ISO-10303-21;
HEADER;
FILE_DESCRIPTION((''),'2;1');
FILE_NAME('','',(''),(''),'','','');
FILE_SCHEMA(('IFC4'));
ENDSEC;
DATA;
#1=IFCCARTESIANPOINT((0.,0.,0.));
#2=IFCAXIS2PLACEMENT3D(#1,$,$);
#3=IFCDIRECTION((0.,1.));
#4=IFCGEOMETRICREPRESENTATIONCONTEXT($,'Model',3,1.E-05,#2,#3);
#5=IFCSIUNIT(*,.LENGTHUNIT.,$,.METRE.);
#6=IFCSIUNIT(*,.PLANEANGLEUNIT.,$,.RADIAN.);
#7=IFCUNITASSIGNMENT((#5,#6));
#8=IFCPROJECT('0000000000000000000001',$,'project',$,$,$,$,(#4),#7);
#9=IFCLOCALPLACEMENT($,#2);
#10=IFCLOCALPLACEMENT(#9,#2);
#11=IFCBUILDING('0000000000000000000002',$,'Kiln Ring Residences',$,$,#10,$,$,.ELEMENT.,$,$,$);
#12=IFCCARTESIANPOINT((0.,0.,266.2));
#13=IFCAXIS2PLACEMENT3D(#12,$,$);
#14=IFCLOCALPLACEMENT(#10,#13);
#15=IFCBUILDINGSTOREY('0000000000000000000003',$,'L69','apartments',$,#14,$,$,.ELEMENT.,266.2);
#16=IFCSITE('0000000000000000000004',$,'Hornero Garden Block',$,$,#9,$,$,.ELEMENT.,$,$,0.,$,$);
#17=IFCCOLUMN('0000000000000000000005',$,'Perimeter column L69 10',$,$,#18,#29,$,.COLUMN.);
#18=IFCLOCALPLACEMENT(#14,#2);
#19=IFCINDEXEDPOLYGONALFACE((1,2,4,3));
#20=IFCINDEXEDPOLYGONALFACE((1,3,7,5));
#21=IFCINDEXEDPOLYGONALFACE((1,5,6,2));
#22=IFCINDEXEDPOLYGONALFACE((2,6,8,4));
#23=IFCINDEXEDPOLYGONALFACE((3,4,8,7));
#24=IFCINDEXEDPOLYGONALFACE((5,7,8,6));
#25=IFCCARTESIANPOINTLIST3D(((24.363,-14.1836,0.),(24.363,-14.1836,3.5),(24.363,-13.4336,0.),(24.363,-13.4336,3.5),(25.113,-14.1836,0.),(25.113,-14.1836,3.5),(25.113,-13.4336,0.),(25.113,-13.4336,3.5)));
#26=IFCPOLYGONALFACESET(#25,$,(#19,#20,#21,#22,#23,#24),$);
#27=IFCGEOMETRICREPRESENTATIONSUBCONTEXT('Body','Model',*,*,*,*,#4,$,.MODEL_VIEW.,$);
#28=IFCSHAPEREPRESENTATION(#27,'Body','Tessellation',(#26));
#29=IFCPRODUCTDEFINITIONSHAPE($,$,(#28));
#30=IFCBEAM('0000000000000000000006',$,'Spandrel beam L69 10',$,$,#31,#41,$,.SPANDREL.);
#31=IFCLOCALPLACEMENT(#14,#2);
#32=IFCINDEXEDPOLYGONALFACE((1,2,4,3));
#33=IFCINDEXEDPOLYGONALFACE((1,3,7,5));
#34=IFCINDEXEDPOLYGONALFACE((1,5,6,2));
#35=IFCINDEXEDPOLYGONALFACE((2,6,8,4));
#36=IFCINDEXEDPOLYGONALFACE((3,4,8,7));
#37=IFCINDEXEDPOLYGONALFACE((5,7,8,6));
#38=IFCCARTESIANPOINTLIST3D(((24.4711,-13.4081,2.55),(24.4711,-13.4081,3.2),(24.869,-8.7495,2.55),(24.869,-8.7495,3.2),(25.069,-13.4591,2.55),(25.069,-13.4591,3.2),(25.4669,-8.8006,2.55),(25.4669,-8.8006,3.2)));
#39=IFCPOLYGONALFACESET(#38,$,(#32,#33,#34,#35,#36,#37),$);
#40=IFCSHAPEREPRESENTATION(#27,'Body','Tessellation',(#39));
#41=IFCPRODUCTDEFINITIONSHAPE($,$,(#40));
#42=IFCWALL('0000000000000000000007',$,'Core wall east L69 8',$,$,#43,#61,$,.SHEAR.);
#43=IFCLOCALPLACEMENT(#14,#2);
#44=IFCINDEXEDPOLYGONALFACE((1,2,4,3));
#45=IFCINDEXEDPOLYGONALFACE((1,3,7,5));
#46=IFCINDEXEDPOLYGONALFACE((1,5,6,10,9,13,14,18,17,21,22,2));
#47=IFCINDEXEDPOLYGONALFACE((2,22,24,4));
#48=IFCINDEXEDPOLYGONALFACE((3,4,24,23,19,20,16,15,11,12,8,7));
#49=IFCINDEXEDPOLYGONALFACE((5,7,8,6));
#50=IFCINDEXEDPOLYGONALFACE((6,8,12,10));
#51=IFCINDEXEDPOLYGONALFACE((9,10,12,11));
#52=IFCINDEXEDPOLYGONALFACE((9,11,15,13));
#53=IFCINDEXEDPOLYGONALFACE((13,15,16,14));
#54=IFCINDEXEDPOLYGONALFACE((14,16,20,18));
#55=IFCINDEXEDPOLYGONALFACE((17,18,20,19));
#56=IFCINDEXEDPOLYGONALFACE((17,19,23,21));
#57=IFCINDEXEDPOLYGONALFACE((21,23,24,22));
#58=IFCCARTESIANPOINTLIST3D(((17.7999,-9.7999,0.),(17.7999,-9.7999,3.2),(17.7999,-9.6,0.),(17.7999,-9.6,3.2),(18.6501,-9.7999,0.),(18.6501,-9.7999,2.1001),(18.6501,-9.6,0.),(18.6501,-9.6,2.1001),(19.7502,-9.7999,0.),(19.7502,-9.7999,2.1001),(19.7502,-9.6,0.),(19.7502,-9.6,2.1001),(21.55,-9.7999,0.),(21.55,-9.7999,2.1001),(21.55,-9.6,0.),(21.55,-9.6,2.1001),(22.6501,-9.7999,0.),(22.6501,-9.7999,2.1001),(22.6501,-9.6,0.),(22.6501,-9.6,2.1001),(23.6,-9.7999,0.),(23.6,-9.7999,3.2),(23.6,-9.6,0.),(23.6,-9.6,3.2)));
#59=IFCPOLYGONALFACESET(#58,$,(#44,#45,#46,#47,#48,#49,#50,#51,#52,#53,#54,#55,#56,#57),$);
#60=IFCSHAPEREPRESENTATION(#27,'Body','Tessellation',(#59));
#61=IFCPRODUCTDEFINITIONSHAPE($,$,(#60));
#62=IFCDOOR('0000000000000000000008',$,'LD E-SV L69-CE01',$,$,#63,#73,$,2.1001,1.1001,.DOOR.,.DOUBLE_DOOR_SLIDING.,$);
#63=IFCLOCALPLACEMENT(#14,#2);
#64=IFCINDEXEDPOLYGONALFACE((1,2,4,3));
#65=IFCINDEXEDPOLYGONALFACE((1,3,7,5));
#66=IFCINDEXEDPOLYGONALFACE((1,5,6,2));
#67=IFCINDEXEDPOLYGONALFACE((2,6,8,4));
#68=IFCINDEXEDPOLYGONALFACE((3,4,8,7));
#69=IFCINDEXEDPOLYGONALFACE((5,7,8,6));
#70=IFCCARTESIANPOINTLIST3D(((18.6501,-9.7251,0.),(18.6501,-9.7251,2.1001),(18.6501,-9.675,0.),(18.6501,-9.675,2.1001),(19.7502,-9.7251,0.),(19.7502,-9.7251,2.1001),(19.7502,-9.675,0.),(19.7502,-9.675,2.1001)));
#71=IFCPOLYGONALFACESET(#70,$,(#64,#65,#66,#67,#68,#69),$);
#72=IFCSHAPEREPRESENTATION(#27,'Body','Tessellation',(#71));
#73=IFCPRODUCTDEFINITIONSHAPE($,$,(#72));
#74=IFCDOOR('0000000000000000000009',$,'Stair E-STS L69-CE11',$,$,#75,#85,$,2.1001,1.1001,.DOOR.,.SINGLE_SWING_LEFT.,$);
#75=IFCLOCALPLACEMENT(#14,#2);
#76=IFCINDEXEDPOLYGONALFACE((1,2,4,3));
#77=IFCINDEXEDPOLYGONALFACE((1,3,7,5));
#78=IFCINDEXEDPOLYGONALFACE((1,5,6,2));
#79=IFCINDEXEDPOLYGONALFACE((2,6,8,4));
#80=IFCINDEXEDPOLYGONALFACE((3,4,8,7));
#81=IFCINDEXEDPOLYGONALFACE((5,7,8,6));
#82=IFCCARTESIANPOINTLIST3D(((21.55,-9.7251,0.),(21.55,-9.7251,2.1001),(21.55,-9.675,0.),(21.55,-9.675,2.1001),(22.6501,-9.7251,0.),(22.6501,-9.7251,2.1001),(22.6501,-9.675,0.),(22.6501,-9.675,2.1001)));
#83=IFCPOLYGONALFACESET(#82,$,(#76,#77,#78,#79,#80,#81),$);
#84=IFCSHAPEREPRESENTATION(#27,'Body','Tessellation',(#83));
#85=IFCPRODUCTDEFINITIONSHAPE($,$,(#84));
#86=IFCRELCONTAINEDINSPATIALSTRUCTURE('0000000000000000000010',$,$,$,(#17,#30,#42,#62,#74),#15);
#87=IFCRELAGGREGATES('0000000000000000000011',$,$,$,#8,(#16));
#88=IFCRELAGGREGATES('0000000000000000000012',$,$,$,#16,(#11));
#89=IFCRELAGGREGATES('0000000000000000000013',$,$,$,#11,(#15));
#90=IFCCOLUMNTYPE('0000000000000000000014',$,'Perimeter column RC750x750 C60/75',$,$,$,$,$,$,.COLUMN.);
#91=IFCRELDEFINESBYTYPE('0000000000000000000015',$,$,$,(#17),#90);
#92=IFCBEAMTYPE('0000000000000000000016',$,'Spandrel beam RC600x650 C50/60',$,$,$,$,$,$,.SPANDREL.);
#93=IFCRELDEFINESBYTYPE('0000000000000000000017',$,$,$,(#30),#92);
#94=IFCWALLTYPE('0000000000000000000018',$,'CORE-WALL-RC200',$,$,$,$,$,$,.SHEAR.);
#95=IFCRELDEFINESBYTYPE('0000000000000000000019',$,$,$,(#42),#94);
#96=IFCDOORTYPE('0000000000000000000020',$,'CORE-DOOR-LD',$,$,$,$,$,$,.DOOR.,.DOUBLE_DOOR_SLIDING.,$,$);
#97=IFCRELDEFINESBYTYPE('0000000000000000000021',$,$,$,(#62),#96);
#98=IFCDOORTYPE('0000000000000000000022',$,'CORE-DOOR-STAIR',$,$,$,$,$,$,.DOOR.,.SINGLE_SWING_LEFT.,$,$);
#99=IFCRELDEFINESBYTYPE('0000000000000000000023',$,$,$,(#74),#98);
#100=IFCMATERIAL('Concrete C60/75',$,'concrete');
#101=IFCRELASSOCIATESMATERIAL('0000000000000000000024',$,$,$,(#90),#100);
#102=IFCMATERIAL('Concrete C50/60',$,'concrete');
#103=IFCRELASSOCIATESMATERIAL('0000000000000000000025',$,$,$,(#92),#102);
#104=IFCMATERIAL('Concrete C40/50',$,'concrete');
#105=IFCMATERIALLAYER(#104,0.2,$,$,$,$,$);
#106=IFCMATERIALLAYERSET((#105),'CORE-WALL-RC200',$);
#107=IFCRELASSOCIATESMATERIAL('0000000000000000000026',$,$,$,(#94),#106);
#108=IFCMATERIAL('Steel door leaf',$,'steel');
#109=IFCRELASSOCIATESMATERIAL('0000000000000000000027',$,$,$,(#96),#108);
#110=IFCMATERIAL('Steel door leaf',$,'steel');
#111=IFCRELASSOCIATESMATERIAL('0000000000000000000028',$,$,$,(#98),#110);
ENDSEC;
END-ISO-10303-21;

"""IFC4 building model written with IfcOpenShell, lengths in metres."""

from ifc_helpers import new_model, si_unit, direction, frame, frame_2d, origin, origin_2d, place, context, subcontext, project, spatial, rectangle, extrude, material, layer, layer_set, material_profile, profile_set, type_object, element, fill, save


model = new_model("IFC4")

# Units and contexts
model_context = context("Model", 3, precision=1e-05, world=origin(), true_north=direction((0.0, 1.0)))
body_context = subcontext(model_context, "Body", "Model", "MODEL_VIEW")
ifc_project = project(units=[si_unit("LENGTHUNIT", "METRE"), si_unit("PLANEANGLEUNIT", "RADIAN")], contexts=[model_context])

# Site, building, storey
site_placement = place(None, origin())
site = spatial("IfcSite", under=ifc_project, at=site_placement, Name="Hornero Garden Block", CompositionType="ELEMENT", RefElevation=0.0)
building_placement = place(site_placement, origin())
building = spatial("IfcBuilding", under=site, at=building_placement, Name="Kiln Ring Residences", CompositionType="ELEMENT")
storey_placement = place(building_placement, frame((0.0, 0.0, 266.2)))
storey = spatial("IfcBuildingStorey", under=building, at=storey_placement, Name="L69", Description="apartments", CompositionType="ELEMENT", Elevation=266.2)

# Column
ifc_material_1 = material(Name="Concrete C60/75", Category="concrete")
ifc_material_profile_1 = material_profile(ifc_material_1, rectangle(XDim=0.75, YDim=0.75, at=origin_2d()), Name="RC750x750")
ifc_profile_set_1 = profile_set([ifc_material_profile_1], Name="Concrete C60/75")
column_type = type_object("IfcColumnType", Name="Perimeter column RC750x750 C60/75", PredefinedType="COLUMN", material=ifc_profile_set_1)
column_placement = place(storey_placement, frame((24.738, -13.8086, 0.0), z_axis=(0.0, 0.0, 1.0), x_axis=(1.0, 0.0, 0.0)))
element("IfcColumn", 1, at=column_placement, inside=storey, type_object=column_type, Name="Perimeter column L69 10", PredefinedType="COLUMN", context=body_context, shape_type="SweptSolid", body=[
    extrude(rectangle(XDim=0.75, YDim=0.75, at=origin_2d()), origin(), (0.0, 0.0, 1.0), 3.5),
])

# Beam
ifc_material_2 = material(Name="Concrete C50/60", Category="concrete")
ifc_material_profile_2 = material_profile(ifc_material_2, rectangle(XDim=0.6001, YDim=0.6499, at=origin_2d()), Name="RC600x650")
ifc_profile_set_2 = profile_set([ifc_material_profile_2], Name="Concrete C50/60")
beam_type = type_object("IfcBeamType", Name="Spandrel beam RC600x650 C50/60", PredefinedType="SPANDREL", material=ifc_profile_set_2)
beam_placement = place(storey_placement, frame((24.77, -13.4336, 2.875), z_axis=(0.085111, 0.996371, 0.0), x_axis=(-0.996371, 0.085111, 0.0)))
element("IfcBeam", 2, at=beam_placement, inside=storey, type_object=beam_type, Name="Spandrel beam L69 10", PredefinedType="SPANDREL", context=body_context, shape_type="SweptSolid", body=[
    extrude(rectangle(XDim=0.6001, YDim=0.6499, at=origin_2d()), origin(), (0.0, 0.0, 1.0), 4.6755),
])

# Wall, openings, doors
ifc_material_3 = material(Name="Concrete C40/50", Category="concrete")
ifc_layer_1 = layer(ifc_material_3, 0.2)
ifc_layer_set_1 = layer_set([ifc_layer_1], Name="CORE-WALL-RC200")
wall_type_1 = type_object("IfcWallType", Name="CORE-WALL-RC200", PredefinedType="SHEAR", material=ifc_layer_set_1)
wall_1_placement = place(storey_placement, frame((17.8, -9.7, 0.0), z_axis=(0.0, 0.0, 1.0), x_axis=(1.0, 0.0, 0.0)))
wall_1 = element("IfcWall", 3, at=wall_1_placement, inside=storey, type_object=wall_type_1, Name="Core wall east L69 8", PredefinedType="SHEAR", context=body_context, shape_type="SweptSolid", body=[
    extrude(rectangle(XDim=5.8, YDim=0.2, at=frame_2d((2.8999, 0.0))), origin(), (0.0, 0.0, 1.0), 3.2),
])
opening_1_placement = place(wall_1_placement, frame((0.8501, 0.0, 0.0)))
opening_1 = element("IfcOpeningElement", 4, at=opening_1_placement, cuts=wall_1, PredefinedType="OPENING", context=body_context, shape_type="SweptSolid", body=[
    extrude(rectangle(XDim=1.1001, YDim=2.1001, at=frame_2d((0.55, 1.05))), frame((0.0, 0.1099, 0.0), z_axis=(0.0, -1.0, 0.0), x_axis=(1.0, 0.0, 0.0)), (0.0, 0.0, 1.0), 0.22),
])
opening_2_placement = place(wall_1_placement, frame((3.75, 0.0, 0.0)))
opening_2 = element("IfcOpeningElement", 5, at=opening_2_placement, cuts=wall_1, PredefinedType="OPENING", context=body_context, shape_type="SweptSolid", body=[
    extrude(rectangle(XDim=1.1001, YDim=2.1001, at=frame_2d((0.55, 1.05))), frame((0.0, 0.1099, 0.0), z_axis=(0.0, -1.0, 0.0), x_axis=(1.0, 0.0, 0.0)), (0.0, 0.0, 1.0), 0.22),
])
ifc_material_4 = material(Name="Steel door leaf", Category="steel")
door_type_1 = type_object("IfcDoorType", Name="CORE-DOOR-LD", OperationType="DOUBLE_DOOR_SLIDING", PredefinedType="DOOR", material=ifc_material_4)
door_1_placement = place(opening_1_placement, origin())
door_1 = element("IfcDoor", 6, at=door_1_placement, inside=storey, type_object=door_type_1, Name="LD E-SV L69-CE01", OperationType="DOUBLE_DOOR_SLIDING", OverallHeight=2.1001, OverallWidth=1.1001, PredefinedType="DOOR", context=body_context, shape_type="SweptSolid", body=[
    extrude(rectangle(XDim=1.1001, YDim=2.1001, at=frame_2d((0.55, 1.05))), frame((0.0, 0.0249, 0.0), z_axis=(0.0, -1.0, 0.0), x_axis=(1.0, 0.0, 0.0)), (0.0, 0.0, 1.0), 0.05),
])
fill(opening_1, door_1)
ifc_material_5 = material(Name="Steel door leaf", Category="steel")
door_type_2 = type_object("IfcDoorType", Name="CORE-DOOR-STAIR", OperationType="SINGLE_SWING_LEFT", PredefinedType="DOOR", material=ifc_material_5)
door_2_placement = place(opening_2_placement, origin())
door_2 = element("IfcDoor", 7, at=door_2_placement, inside=storey, type_object=door_type_2, Name="Stair E-STS L69-CE11", OperationType="SINGLE_SWING_LEFT", OverallHeight=2.1001, OverallWidth=1.1001, PredefinedType="DOOR", context=body_context, shape_type="SweptSolid", body=[
    extrude(rectangle(XDim=1.1001, YDim=2.1001, at=frame_2d((0.55, 1.05))), frame((0.0, 0.0249, 0.0), z_axis=(0.0, -1.0, 0.0), x_axis=(1.0, 0.0, 0.0)), (0.0, 0.0, 1.0), 0.05),
])
fill(opening_2, door_2)

save(model, "model.ifc")
